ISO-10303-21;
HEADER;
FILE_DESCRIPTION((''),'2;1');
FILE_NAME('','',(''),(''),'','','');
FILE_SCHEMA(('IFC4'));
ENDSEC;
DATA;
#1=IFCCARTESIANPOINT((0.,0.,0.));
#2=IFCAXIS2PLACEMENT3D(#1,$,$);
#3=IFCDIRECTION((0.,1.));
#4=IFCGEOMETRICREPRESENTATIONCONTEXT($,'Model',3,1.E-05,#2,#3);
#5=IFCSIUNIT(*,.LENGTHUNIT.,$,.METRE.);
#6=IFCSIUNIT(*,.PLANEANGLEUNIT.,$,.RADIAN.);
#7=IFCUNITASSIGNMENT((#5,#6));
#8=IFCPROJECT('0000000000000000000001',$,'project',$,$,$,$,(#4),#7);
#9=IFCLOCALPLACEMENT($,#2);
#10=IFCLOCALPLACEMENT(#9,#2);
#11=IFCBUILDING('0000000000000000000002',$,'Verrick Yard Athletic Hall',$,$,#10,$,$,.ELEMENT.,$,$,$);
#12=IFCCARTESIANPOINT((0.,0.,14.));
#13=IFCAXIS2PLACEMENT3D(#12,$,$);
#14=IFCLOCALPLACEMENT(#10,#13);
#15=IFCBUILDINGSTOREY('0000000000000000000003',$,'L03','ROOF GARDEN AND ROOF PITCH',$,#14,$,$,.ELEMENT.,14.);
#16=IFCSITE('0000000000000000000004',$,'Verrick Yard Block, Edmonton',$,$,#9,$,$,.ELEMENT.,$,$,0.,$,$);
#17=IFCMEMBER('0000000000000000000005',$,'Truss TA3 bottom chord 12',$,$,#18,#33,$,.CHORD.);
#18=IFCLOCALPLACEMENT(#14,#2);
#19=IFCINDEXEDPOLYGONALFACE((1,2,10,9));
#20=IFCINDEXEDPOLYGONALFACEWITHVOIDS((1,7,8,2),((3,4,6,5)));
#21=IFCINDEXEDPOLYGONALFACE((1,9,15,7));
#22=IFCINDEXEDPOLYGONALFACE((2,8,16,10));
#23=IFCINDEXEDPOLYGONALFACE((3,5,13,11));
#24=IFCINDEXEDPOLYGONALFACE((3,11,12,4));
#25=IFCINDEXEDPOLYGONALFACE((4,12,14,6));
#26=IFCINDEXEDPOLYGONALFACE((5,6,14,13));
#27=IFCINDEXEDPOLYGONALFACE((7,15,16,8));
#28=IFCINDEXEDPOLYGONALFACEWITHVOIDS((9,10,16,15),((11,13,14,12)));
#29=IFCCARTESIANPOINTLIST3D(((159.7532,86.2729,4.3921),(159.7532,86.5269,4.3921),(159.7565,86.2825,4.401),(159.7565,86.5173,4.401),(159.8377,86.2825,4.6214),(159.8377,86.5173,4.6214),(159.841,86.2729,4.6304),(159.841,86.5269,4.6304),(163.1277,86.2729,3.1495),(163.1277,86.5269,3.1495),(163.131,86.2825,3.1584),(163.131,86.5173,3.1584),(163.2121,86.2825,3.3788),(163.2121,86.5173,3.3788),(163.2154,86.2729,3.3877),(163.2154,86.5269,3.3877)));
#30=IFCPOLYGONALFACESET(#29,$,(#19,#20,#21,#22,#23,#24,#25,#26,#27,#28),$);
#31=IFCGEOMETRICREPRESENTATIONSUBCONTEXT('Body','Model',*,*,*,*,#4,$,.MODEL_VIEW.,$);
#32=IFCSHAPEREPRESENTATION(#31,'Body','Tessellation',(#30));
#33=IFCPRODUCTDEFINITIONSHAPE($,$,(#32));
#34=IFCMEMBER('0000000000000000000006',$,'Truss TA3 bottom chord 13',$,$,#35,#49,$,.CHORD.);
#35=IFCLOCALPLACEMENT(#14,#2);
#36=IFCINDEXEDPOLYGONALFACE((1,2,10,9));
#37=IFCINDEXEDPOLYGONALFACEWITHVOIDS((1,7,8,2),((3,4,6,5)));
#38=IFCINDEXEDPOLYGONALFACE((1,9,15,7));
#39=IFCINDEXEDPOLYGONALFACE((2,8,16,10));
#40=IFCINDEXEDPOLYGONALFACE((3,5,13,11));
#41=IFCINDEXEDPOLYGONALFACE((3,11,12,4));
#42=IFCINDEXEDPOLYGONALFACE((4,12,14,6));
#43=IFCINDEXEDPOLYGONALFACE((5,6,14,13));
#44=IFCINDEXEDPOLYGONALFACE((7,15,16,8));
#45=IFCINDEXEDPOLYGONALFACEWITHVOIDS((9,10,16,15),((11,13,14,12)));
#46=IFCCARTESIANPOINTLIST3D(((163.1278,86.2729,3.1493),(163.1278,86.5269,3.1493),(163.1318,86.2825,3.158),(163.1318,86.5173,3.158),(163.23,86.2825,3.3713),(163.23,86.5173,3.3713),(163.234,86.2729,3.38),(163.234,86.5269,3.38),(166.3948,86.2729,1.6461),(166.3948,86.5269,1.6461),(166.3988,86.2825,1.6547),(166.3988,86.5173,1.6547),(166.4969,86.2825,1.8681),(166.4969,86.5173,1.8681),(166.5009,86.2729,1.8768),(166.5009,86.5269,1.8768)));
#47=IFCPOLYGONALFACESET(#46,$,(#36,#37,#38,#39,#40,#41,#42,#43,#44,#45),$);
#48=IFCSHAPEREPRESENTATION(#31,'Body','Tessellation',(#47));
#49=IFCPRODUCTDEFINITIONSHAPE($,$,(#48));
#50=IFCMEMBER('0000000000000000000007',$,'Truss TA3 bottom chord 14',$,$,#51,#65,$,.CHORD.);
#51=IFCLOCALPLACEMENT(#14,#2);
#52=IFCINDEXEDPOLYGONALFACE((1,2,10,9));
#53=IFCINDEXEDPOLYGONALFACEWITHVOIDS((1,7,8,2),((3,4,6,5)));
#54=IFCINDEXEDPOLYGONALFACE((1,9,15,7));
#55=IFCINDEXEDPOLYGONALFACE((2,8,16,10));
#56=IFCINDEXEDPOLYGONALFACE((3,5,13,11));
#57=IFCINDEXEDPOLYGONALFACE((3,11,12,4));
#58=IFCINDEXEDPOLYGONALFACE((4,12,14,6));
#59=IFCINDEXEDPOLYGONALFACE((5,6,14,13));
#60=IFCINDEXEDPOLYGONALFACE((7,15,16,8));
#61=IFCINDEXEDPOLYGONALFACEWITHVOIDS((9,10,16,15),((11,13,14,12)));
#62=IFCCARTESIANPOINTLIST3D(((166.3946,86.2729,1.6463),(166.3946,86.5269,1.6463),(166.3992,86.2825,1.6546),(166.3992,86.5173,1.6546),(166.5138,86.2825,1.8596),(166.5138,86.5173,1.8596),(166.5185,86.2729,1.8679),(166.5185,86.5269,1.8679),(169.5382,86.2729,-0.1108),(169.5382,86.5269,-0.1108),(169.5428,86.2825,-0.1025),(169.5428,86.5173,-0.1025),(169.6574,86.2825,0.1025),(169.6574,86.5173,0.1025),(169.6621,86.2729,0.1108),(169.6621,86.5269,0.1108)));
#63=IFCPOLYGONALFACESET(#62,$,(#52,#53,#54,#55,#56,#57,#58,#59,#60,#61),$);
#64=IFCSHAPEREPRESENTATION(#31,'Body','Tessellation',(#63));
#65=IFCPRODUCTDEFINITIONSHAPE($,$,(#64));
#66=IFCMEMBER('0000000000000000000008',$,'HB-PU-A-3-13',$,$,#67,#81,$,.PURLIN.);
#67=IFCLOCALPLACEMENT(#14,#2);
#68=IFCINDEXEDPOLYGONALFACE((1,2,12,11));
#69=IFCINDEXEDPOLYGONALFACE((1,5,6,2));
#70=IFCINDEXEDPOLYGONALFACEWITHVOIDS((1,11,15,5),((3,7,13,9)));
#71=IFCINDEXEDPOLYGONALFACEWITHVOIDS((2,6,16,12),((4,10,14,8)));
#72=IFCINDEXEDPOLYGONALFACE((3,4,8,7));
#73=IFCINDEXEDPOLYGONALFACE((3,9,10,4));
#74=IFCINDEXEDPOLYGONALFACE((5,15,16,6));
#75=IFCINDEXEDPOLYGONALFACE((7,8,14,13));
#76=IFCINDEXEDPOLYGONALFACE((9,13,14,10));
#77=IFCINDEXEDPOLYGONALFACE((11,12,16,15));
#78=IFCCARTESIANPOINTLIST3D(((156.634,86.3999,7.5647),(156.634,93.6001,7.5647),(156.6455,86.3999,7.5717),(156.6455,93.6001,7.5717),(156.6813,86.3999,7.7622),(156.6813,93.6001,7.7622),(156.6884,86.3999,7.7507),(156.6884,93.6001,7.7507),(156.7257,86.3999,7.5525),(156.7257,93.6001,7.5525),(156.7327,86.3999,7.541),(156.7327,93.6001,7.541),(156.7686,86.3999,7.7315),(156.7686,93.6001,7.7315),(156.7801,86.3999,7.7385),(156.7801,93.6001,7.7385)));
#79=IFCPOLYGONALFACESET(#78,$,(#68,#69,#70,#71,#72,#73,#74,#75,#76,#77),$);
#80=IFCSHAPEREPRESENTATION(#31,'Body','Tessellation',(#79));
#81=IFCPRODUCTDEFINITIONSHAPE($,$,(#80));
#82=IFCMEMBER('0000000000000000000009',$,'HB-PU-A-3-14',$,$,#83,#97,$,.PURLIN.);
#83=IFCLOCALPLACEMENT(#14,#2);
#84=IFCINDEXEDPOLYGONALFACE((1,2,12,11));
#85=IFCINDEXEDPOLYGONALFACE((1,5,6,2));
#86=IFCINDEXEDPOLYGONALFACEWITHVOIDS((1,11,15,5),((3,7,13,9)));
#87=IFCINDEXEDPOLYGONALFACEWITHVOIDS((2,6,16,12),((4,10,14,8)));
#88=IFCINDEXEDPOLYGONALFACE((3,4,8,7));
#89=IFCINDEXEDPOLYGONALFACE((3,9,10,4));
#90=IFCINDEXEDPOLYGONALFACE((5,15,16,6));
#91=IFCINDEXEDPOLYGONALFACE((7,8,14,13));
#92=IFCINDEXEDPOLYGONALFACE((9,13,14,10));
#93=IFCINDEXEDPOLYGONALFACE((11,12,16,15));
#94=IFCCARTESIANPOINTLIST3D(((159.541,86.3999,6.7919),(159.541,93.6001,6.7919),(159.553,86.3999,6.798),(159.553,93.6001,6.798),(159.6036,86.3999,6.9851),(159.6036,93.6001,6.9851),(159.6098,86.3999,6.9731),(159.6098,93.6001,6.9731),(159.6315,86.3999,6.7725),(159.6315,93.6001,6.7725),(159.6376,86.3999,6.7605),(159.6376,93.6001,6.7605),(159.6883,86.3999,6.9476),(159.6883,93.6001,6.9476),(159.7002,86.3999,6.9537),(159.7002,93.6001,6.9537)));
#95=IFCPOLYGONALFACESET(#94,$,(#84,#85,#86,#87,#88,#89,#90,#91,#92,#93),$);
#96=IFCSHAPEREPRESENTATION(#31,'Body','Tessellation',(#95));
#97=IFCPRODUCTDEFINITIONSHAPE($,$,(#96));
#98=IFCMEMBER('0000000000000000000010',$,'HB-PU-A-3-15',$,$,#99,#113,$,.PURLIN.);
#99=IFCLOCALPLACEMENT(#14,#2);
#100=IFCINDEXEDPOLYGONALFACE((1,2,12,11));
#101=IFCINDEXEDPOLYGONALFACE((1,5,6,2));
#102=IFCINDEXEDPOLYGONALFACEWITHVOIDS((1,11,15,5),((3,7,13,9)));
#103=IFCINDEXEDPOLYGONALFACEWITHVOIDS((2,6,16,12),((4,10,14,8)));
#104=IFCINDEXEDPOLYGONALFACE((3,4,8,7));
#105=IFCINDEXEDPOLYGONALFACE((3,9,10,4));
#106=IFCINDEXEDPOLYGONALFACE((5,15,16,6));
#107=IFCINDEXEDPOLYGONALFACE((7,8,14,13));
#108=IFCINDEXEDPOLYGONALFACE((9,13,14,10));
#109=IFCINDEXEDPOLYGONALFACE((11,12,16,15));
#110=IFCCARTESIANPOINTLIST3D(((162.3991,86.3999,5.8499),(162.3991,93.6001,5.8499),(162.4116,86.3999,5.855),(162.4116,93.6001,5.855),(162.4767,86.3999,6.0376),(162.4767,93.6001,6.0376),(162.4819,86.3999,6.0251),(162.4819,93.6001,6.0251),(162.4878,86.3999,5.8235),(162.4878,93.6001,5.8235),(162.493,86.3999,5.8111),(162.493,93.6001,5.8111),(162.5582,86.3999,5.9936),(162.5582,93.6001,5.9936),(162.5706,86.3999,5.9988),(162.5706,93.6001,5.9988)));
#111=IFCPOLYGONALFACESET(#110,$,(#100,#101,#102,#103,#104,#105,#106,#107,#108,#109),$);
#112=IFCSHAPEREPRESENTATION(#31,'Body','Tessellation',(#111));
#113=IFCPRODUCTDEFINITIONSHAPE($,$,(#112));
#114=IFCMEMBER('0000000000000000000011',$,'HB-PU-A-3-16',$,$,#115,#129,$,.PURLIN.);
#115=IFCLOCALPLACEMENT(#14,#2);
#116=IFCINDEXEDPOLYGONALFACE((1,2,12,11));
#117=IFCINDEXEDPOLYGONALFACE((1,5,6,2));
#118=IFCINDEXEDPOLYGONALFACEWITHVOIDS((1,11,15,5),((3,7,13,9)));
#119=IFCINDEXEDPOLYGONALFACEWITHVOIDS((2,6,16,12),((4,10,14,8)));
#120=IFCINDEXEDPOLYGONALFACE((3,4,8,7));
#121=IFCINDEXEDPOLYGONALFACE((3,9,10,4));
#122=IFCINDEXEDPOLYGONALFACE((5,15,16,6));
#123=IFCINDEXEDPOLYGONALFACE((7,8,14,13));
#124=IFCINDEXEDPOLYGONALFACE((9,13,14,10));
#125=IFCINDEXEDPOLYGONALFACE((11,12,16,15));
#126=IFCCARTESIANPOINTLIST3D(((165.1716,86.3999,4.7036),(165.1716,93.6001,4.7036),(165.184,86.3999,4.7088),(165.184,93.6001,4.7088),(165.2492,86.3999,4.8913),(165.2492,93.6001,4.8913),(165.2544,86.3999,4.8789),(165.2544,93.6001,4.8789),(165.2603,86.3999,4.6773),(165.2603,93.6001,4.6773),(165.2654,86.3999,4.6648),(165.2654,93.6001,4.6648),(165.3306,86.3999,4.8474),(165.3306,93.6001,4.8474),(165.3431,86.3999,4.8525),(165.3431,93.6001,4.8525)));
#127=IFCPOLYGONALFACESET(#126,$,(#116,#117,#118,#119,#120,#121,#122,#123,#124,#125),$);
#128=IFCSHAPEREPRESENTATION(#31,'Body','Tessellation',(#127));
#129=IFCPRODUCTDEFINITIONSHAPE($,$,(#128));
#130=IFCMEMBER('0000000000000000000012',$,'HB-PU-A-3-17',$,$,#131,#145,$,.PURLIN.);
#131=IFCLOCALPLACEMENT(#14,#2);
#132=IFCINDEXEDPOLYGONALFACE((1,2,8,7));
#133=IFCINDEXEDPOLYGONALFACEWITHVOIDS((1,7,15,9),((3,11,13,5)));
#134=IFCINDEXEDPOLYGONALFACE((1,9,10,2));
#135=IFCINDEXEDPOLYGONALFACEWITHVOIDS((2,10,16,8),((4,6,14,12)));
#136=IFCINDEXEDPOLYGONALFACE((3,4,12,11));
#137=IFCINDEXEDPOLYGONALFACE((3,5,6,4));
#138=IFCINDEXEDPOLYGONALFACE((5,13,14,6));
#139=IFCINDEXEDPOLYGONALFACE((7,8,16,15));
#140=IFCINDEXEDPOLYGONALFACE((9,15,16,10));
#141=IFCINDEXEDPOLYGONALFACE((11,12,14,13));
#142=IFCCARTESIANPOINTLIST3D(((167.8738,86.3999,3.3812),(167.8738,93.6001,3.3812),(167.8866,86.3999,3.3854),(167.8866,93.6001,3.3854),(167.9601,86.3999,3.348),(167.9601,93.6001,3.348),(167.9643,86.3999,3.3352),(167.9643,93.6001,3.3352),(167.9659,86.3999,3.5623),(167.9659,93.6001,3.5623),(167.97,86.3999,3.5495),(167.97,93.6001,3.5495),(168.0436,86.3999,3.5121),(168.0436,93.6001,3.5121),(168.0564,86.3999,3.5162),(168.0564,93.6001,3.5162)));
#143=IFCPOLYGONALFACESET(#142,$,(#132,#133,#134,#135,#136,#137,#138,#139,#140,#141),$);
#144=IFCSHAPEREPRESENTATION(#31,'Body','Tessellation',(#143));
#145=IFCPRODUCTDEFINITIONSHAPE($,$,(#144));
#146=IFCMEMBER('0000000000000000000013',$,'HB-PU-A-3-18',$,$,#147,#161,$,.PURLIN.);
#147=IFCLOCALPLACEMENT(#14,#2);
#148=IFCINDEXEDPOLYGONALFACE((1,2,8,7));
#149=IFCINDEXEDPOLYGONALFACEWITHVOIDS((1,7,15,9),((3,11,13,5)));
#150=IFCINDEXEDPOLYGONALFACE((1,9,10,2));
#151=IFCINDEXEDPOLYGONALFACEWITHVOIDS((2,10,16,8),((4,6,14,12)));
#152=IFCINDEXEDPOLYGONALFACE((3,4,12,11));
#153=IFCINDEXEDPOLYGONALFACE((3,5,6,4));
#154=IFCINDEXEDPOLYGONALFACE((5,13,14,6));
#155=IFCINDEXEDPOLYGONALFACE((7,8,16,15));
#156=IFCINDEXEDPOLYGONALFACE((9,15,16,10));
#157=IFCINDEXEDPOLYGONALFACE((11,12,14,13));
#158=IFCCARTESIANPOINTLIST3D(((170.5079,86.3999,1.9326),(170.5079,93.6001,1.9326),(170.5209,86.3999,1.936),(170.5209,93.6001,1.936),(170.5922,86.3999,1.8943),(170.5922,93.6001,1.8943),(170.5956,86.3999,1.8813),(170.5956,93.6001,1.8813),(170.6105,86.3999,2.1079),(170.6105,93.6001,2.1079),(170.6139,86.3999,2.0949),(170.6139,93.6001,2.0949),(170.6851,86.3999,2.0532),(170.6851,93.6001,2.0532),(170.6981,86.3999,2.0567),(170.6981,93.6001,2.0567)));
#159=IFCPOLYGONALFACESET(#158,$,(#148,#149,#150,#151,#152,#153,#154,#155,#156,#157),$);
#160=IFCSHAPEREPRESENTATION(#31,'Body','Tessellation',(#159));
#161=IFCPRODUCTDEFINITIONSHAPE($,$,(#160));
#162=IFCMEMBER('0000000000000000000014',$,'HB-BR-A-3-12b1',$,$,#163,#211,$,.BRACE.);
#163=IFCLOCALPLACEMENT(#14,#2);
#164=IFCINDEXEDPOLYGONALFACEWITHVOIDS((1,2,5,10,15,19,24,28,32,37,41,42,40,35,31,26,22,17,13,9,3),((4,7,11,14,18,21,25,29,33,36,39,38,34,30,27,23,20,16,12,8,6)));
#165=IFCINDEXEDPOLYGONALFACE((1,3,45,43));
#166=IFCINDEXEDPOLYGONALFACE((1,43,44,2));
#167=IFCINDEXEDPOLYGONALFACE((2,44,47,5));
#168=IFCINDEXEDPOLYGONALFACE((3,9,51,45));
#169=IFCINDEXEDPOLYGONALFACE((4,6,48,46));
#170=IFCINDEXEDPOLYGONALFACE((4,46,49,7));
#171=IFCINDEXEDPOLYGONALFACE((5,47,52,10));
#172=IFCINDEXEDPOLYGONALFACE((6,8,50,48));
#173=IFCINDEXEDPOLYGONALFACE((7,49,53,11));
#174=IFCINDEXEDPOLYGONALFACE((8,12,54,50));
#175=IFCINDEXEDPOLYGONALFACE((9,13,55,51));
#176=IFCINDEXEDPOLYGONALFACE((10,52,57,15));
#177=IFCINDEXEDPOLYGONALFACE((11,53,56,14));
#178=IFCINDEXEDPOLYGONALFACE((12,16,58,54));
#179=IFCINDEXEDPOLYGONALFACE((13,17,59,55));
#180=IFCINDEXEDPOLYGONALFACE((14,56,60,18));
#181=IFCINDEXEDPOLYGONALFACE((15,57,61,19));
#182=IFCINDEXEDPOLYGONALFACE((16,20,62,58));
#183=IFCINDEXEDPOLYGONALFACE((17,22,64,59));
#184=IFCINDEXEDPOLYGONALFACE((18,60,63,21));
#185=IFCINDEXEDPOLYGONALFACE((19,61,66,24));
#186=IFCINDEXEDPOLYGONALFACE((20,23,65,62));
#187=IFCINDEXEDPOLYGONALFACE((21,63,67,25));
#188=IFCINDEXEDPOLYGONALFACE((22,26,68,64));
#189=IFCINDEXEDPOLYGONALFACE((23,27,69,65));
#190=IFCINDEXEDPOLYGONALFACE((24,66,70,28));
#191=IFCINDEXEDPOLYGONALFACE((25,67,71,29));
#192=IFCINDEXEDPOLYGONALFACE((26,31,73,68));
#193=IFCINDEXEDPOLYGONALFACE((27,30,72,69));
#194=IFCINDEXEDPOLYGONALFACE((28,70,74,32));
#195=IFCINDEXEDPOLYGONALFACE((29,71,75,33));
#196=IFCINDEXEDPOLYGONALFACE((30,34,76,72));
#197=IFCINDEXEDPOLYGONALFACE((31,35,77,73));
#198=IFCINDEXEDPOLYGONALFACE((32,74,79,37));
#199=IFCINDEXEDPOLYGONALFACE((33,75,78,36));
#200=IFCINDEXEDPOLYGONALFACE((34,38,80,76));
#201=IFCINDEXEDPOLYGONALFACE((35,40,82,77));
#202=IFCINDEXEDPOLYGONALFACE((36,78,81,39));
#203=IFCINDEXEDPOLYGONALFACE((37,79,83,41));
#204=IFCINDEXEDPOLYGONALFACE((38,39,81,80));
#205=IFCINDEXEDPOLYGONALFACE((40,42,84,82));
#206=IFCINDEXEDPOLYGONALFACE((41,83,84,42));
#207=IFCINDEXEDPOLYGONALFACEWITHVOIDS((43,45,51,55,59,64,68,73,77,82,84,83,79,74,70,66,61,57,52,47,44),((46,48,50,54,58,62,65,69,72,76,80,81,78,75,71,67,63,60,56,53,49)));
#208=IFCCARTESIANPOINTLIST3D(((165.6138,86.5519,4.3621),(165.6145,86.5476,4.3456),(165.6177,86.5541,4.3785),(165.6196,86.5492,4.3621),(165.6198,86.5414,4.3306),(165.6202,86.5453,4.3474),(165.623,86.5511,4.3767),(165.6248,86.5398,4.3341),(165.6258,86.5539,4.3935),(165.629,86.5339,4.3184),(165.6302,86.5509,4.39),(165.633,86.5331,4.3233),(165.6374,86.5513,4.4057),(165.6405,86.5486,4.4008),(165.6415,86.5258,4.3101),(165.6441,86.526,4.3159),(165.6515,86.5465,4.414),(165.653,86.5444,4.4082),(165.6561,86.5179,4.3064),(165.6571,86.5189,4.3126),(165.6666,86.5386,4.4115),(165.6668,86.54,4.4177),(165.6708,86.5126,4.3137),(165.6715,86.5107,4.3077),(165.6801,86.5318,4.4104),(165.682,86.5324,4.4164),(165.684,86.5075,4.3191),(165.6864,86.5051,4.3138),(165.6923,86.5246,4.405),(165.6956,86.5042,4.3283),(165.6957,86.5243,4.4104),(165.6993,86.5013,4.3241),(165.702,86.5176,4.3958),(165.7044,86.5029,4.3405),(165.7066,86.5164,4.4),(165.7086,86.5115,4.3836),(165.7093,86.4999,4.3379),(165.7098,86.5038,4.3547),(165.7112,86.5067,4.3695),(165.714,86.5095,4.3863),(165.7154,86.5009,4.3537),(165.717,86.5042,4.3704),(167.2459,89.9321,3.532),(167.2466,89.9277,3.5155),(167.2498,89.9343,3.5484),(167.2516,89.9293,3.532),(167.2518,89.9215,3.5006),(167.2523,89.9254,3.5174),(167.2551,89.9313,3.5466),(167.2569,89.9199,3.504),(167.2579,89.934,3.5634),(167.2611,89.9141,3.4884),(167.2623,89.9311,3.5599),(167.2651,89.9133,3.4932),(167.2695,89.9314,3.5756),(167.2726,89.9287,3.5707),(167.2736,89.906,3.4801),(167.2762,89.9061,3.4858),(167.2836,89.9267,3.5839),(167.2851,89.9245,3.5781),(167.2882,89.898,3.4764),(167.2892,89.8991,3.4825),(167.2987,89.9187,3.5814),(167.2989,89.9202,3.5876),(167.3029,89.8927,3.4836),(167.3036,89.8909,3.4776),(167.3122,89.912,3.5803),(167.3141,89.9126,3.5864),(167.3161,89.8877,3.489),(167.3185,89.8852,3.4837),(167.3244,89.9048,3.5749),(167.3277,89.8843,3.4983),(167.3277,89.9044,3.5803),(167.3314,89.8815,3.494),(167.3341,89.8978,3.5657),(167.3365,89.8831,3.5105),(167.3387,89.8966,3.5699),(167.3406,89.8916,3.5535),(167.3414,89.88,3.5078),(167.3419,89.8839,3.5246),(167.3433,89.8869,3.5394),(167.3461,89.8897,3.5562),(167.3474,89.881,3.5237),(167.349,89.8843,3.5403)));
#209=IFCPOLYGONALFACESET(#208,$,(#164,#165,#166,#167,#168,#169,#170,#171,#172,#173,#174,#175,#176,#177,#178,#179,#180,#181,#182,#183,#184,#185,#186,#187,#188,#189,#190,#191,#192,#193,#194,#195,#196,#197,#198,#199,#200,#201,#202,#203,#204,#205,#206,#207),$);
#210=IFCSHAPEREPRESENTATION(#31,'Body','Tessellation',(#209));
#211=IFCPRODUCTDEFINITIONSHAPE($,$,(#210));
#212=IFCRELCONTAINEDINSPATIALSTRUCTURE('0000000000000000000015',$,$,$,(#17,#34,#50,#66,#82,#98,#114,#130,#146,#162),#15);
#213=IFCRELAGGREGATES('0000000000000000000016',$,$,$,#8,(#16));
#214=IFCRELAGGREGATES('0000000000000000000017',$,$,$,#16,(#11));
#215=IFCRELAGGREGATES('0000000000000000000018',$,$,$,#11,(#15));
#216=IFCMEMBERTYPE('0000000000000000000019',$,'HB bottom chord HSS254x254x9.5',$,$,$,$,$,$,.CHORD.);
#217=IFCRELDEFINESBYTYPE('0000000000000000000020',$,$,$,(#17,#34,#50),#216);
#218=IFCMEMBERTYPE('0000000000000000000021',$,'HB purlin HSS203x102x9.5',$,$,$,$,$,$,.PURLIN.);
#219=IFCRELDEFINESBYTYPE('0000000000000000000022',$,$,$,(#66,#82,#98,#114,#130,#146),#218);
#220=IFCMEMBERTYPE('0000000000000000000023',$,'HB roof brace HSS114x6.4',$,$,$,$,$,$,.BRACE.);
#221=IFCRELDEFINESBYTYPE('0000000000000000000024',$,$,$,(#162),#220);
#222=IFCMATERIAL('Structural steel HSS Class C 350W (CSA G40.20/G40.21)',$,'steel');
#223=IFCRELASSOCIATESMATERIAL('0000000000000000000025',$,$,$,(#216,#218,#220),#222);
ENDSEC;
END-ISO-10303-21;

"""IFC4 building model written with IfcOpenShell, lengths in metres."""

from ifc_helpers import new_model, si_unit, direction, frame, origin, origin_2d, place, context, subcontext, project, spatial, hollow_rectangle, hollow_circle, extrude, material, material_profile, profile_set, type_object, element, save


model = new_model("IFC4")

# Units and contexts
model_context = context("Model", 3, precision=1e-05, world=origin(), true_north=direction((0.0, 1.0)))
body_context = subcontext(model_context, "Body", "Model", "MODEL_VIEW")
ifc_project = project(units=[si_unit("LENGTHUNIT", "METRE"), si_unit("PLANEANGLEUNIT", "RADIAN")], contexts=[model_context])

# Site, building, storey
site_placement = place(None, origin())
site = spatial("IfcSite", under=ifc_project, at=site_placement, Name="Verrick Yard Block, Edmonton", CompositionType="ELEMENT", RefElevation=0.0)
building_placement = place(site_placement, origin())
building = spatial("IfcBuilding", under=site, at=building_placement, Name="Verrick Yard Athletic Hall", CompositionType="ELEMENT")
storey_placement = place(building_placement, frame((0.0, 0.0, 14.0)))
storey = spatial("IfcBuildingStorey", under=building, at=storey_placement, Name="L03", Description="ROOF GARDEN AND ROOF PITCH", CompositionType="ELEMENT", Elevation=14.0)

# Members
ifc_material_1 = material(Name="Structural steel HSS Class C 350W (CSA G40.20/G40.21)", Category="steel")
ifc_material_profile_1 = material_profile(ifc_material_1, hollow_rectangle(XDim=0.2539, YDim=0.2539, WallThickness=0.0095, at=origin_2d()), Name="HSS254x254x9.5")
ifc_profile_set_1 = profile_set([ifc_material_profile_1], Name="Structural steel HSS Class C 350W (CSA G40.20/G40.21)")
member_type_1 = type_object("IfcMemberType", Name="HB bottom chord HSS254x254x9.5", PredefinedType="CHORD", material=ifc_profile_set_1)
member_1_placement = place(storey_placement, frame((159.7971, 86.3999, 4.5112), z_axis=(0.938394, 0.0, -0.345567), x_axis=(0.0, 1.0, 0.0)))
element("IfcMember", 1, at=member_1_placement, inside=storey, type_object=member_type_1, Name="Truss TA3 bottom chord 12", PredefinedType="CHORD", context=body_context, shape_type="SweptSolid", body=[
    extrude(hollow_rectangle(XDim=0.2539, YDim=0.2539, WallThickness=0.0095, at=origin_2d()), origin(), (0.0, 0.0, 1.0), 3.5959),
])
member_2_placement = place(storey_placement, frame((163.1809, 86.3999, 3.2646), z_axis=(0.908446, 0.0, -0.418003), x_axis=(0.0, 1.0, 0.0)))
element("IfcMember", 2, at=member_2_placement, inside=storey, type_object=member_type_1, Name="Truss TA3 bottom chord 13", PredefinedType="CHORD", context=body_context, shape_type="SweptSolid", body=[
    extrude(hollow_rectangle(XDim=0.2539, YDim=0.2539, WallThickness=0.0095, at=origin_2d()), origin(), (0.0, 0.0, 1.0), 3.5962),
])
member_3_placement = place(storey_placement, frame((166.4565, 86.3999, 1.7571), z_axis=(0.872898, 0.0, -0.487903), x_axis=(0.0, 1.0, 0.0)))
element("IfcMember", 3, at=member_3_placement, inside=storey, type_object=member_type_1, Name="Truss TA3 bottom chord 14", PredefinedType="CHORD", context=body_context, shape_type="SweptSolid", body=[
    extrude(hollow_rectangle(XDim=0.2539, YDim=0.2539, WallThickness=0.0095, at=origin_2d()), origin(), (0.0, 0.0, 1.0), 3.6013),
])
ifc_material_profile_2 = material_profile(ifc_material_1, hollow_rectangle(XDim=0.1016, YDim=0.2031, WallThickness=0.0095, at=origin_2d()), Name="HSS203x102x9.5")
ifc_profile_set_2 = profile_set([ifc_material_profile_2], Name="Structural steel HSS Class C 350W (CSA G40.20/G40.21)")
member_type_2 = type_object("IfcMemberType", Name="HB purlin HSS203x102x9.5", PredefinedType="PURLIN", material=ifc_profile_set_2)
for number, where, z_axis, x_axis, name in (
    (4, (156.707, 86.3999, 7.6516), (0.0, 1.0, 0.0), (-0.972459, 0.0, 0.233074), "HB-PU-A-3-13"),
    (5, (159.6206, 86.3999, 6.8728), (0.0, 1.0, 0.0), (-0.951214, 0.0, 0.308533), "HB-PU-A-3-14"),
    (6, (162.4849, 86.3999, 5.9243), (0.0, 1.0, 0.0), (-0.924123, 0.0, 0.382096), "HB-PU-A-3-15"),
    (7, (165.2573, 86.3999, 4.7781), (0.0, 1.0, 0.0), (-0.924123, 0.0, 0.382096), "HB-PU-A-3-16"),
    (8, (167.9651, 86.3999, 3.4487), (0.0, 1.0, 0.0), (-0.891353, 0.0, 0.45331), "HB-PU-A-3-17"),
    (9, (170.603, 86.3999, 1.9946), (0.0, 1.0, 0.0), (-0.863168, 0.0, 0.504917), "HB-PU-A-3-18"),
):
    element("IfcMember", number, at=place(storey_placement, frame(where, z_axis=z_axis, x_axis=x_axis)), inside=storey, type_object=member_type_2, Name=name, PredefinedType="PURLIN", context=body_context, shape_type="SweptSolid", body=[
        extrude(hollow_rectangle(XDim=0.1016, YDim=0.2031, WallThickness=0.0095, at=origin_2d()), origin(), (0.0, 0.0, 1.0), 7.2002),
    ])
ifc_material_profile_3 = material_profile(ifc_material_1, hollow_circle(Radius=0.0571, WallThickness=0.0063, at=origin_2d()), Name="HSS114x6.4")
ifc_profile_set_3 = profile_set([ifc_material_profile_3], Name="Structural steel HSS Class C 350W (CSA G40.20/G40.21)")
member_type_3 = type_object("IfcMemberType", Name="HB roof brace HSS114x6.4", PredefinedType="BRACE", material=ifc_profile_set_3)
for number, where, z_axis, x_axis, name in (
    (10, (165.6653, 86.5271, 4.3621), (0.424555, 0.879277, -0.215929), (-0.900521, 0.434813, 0.0), "HB-BR-A-3-12b1"),
):
    element("IfcMember", number, at=place(storey_placement, frame(where, z_axis=z_axis, x_axis=x_axis)), inside=storey, type_object=member_type_3, Name=name, PredefinedType="BRACE", context=body_context, shape_type="SweptSolid", body=[
        extrude(hollow_circle(Radius=0.0571, WallThickness=0.0063, at=origin_2d()), origin(), (0.0, 0.0, 1.0), 3.8442),
    ])

save(model, "model.ifc")
